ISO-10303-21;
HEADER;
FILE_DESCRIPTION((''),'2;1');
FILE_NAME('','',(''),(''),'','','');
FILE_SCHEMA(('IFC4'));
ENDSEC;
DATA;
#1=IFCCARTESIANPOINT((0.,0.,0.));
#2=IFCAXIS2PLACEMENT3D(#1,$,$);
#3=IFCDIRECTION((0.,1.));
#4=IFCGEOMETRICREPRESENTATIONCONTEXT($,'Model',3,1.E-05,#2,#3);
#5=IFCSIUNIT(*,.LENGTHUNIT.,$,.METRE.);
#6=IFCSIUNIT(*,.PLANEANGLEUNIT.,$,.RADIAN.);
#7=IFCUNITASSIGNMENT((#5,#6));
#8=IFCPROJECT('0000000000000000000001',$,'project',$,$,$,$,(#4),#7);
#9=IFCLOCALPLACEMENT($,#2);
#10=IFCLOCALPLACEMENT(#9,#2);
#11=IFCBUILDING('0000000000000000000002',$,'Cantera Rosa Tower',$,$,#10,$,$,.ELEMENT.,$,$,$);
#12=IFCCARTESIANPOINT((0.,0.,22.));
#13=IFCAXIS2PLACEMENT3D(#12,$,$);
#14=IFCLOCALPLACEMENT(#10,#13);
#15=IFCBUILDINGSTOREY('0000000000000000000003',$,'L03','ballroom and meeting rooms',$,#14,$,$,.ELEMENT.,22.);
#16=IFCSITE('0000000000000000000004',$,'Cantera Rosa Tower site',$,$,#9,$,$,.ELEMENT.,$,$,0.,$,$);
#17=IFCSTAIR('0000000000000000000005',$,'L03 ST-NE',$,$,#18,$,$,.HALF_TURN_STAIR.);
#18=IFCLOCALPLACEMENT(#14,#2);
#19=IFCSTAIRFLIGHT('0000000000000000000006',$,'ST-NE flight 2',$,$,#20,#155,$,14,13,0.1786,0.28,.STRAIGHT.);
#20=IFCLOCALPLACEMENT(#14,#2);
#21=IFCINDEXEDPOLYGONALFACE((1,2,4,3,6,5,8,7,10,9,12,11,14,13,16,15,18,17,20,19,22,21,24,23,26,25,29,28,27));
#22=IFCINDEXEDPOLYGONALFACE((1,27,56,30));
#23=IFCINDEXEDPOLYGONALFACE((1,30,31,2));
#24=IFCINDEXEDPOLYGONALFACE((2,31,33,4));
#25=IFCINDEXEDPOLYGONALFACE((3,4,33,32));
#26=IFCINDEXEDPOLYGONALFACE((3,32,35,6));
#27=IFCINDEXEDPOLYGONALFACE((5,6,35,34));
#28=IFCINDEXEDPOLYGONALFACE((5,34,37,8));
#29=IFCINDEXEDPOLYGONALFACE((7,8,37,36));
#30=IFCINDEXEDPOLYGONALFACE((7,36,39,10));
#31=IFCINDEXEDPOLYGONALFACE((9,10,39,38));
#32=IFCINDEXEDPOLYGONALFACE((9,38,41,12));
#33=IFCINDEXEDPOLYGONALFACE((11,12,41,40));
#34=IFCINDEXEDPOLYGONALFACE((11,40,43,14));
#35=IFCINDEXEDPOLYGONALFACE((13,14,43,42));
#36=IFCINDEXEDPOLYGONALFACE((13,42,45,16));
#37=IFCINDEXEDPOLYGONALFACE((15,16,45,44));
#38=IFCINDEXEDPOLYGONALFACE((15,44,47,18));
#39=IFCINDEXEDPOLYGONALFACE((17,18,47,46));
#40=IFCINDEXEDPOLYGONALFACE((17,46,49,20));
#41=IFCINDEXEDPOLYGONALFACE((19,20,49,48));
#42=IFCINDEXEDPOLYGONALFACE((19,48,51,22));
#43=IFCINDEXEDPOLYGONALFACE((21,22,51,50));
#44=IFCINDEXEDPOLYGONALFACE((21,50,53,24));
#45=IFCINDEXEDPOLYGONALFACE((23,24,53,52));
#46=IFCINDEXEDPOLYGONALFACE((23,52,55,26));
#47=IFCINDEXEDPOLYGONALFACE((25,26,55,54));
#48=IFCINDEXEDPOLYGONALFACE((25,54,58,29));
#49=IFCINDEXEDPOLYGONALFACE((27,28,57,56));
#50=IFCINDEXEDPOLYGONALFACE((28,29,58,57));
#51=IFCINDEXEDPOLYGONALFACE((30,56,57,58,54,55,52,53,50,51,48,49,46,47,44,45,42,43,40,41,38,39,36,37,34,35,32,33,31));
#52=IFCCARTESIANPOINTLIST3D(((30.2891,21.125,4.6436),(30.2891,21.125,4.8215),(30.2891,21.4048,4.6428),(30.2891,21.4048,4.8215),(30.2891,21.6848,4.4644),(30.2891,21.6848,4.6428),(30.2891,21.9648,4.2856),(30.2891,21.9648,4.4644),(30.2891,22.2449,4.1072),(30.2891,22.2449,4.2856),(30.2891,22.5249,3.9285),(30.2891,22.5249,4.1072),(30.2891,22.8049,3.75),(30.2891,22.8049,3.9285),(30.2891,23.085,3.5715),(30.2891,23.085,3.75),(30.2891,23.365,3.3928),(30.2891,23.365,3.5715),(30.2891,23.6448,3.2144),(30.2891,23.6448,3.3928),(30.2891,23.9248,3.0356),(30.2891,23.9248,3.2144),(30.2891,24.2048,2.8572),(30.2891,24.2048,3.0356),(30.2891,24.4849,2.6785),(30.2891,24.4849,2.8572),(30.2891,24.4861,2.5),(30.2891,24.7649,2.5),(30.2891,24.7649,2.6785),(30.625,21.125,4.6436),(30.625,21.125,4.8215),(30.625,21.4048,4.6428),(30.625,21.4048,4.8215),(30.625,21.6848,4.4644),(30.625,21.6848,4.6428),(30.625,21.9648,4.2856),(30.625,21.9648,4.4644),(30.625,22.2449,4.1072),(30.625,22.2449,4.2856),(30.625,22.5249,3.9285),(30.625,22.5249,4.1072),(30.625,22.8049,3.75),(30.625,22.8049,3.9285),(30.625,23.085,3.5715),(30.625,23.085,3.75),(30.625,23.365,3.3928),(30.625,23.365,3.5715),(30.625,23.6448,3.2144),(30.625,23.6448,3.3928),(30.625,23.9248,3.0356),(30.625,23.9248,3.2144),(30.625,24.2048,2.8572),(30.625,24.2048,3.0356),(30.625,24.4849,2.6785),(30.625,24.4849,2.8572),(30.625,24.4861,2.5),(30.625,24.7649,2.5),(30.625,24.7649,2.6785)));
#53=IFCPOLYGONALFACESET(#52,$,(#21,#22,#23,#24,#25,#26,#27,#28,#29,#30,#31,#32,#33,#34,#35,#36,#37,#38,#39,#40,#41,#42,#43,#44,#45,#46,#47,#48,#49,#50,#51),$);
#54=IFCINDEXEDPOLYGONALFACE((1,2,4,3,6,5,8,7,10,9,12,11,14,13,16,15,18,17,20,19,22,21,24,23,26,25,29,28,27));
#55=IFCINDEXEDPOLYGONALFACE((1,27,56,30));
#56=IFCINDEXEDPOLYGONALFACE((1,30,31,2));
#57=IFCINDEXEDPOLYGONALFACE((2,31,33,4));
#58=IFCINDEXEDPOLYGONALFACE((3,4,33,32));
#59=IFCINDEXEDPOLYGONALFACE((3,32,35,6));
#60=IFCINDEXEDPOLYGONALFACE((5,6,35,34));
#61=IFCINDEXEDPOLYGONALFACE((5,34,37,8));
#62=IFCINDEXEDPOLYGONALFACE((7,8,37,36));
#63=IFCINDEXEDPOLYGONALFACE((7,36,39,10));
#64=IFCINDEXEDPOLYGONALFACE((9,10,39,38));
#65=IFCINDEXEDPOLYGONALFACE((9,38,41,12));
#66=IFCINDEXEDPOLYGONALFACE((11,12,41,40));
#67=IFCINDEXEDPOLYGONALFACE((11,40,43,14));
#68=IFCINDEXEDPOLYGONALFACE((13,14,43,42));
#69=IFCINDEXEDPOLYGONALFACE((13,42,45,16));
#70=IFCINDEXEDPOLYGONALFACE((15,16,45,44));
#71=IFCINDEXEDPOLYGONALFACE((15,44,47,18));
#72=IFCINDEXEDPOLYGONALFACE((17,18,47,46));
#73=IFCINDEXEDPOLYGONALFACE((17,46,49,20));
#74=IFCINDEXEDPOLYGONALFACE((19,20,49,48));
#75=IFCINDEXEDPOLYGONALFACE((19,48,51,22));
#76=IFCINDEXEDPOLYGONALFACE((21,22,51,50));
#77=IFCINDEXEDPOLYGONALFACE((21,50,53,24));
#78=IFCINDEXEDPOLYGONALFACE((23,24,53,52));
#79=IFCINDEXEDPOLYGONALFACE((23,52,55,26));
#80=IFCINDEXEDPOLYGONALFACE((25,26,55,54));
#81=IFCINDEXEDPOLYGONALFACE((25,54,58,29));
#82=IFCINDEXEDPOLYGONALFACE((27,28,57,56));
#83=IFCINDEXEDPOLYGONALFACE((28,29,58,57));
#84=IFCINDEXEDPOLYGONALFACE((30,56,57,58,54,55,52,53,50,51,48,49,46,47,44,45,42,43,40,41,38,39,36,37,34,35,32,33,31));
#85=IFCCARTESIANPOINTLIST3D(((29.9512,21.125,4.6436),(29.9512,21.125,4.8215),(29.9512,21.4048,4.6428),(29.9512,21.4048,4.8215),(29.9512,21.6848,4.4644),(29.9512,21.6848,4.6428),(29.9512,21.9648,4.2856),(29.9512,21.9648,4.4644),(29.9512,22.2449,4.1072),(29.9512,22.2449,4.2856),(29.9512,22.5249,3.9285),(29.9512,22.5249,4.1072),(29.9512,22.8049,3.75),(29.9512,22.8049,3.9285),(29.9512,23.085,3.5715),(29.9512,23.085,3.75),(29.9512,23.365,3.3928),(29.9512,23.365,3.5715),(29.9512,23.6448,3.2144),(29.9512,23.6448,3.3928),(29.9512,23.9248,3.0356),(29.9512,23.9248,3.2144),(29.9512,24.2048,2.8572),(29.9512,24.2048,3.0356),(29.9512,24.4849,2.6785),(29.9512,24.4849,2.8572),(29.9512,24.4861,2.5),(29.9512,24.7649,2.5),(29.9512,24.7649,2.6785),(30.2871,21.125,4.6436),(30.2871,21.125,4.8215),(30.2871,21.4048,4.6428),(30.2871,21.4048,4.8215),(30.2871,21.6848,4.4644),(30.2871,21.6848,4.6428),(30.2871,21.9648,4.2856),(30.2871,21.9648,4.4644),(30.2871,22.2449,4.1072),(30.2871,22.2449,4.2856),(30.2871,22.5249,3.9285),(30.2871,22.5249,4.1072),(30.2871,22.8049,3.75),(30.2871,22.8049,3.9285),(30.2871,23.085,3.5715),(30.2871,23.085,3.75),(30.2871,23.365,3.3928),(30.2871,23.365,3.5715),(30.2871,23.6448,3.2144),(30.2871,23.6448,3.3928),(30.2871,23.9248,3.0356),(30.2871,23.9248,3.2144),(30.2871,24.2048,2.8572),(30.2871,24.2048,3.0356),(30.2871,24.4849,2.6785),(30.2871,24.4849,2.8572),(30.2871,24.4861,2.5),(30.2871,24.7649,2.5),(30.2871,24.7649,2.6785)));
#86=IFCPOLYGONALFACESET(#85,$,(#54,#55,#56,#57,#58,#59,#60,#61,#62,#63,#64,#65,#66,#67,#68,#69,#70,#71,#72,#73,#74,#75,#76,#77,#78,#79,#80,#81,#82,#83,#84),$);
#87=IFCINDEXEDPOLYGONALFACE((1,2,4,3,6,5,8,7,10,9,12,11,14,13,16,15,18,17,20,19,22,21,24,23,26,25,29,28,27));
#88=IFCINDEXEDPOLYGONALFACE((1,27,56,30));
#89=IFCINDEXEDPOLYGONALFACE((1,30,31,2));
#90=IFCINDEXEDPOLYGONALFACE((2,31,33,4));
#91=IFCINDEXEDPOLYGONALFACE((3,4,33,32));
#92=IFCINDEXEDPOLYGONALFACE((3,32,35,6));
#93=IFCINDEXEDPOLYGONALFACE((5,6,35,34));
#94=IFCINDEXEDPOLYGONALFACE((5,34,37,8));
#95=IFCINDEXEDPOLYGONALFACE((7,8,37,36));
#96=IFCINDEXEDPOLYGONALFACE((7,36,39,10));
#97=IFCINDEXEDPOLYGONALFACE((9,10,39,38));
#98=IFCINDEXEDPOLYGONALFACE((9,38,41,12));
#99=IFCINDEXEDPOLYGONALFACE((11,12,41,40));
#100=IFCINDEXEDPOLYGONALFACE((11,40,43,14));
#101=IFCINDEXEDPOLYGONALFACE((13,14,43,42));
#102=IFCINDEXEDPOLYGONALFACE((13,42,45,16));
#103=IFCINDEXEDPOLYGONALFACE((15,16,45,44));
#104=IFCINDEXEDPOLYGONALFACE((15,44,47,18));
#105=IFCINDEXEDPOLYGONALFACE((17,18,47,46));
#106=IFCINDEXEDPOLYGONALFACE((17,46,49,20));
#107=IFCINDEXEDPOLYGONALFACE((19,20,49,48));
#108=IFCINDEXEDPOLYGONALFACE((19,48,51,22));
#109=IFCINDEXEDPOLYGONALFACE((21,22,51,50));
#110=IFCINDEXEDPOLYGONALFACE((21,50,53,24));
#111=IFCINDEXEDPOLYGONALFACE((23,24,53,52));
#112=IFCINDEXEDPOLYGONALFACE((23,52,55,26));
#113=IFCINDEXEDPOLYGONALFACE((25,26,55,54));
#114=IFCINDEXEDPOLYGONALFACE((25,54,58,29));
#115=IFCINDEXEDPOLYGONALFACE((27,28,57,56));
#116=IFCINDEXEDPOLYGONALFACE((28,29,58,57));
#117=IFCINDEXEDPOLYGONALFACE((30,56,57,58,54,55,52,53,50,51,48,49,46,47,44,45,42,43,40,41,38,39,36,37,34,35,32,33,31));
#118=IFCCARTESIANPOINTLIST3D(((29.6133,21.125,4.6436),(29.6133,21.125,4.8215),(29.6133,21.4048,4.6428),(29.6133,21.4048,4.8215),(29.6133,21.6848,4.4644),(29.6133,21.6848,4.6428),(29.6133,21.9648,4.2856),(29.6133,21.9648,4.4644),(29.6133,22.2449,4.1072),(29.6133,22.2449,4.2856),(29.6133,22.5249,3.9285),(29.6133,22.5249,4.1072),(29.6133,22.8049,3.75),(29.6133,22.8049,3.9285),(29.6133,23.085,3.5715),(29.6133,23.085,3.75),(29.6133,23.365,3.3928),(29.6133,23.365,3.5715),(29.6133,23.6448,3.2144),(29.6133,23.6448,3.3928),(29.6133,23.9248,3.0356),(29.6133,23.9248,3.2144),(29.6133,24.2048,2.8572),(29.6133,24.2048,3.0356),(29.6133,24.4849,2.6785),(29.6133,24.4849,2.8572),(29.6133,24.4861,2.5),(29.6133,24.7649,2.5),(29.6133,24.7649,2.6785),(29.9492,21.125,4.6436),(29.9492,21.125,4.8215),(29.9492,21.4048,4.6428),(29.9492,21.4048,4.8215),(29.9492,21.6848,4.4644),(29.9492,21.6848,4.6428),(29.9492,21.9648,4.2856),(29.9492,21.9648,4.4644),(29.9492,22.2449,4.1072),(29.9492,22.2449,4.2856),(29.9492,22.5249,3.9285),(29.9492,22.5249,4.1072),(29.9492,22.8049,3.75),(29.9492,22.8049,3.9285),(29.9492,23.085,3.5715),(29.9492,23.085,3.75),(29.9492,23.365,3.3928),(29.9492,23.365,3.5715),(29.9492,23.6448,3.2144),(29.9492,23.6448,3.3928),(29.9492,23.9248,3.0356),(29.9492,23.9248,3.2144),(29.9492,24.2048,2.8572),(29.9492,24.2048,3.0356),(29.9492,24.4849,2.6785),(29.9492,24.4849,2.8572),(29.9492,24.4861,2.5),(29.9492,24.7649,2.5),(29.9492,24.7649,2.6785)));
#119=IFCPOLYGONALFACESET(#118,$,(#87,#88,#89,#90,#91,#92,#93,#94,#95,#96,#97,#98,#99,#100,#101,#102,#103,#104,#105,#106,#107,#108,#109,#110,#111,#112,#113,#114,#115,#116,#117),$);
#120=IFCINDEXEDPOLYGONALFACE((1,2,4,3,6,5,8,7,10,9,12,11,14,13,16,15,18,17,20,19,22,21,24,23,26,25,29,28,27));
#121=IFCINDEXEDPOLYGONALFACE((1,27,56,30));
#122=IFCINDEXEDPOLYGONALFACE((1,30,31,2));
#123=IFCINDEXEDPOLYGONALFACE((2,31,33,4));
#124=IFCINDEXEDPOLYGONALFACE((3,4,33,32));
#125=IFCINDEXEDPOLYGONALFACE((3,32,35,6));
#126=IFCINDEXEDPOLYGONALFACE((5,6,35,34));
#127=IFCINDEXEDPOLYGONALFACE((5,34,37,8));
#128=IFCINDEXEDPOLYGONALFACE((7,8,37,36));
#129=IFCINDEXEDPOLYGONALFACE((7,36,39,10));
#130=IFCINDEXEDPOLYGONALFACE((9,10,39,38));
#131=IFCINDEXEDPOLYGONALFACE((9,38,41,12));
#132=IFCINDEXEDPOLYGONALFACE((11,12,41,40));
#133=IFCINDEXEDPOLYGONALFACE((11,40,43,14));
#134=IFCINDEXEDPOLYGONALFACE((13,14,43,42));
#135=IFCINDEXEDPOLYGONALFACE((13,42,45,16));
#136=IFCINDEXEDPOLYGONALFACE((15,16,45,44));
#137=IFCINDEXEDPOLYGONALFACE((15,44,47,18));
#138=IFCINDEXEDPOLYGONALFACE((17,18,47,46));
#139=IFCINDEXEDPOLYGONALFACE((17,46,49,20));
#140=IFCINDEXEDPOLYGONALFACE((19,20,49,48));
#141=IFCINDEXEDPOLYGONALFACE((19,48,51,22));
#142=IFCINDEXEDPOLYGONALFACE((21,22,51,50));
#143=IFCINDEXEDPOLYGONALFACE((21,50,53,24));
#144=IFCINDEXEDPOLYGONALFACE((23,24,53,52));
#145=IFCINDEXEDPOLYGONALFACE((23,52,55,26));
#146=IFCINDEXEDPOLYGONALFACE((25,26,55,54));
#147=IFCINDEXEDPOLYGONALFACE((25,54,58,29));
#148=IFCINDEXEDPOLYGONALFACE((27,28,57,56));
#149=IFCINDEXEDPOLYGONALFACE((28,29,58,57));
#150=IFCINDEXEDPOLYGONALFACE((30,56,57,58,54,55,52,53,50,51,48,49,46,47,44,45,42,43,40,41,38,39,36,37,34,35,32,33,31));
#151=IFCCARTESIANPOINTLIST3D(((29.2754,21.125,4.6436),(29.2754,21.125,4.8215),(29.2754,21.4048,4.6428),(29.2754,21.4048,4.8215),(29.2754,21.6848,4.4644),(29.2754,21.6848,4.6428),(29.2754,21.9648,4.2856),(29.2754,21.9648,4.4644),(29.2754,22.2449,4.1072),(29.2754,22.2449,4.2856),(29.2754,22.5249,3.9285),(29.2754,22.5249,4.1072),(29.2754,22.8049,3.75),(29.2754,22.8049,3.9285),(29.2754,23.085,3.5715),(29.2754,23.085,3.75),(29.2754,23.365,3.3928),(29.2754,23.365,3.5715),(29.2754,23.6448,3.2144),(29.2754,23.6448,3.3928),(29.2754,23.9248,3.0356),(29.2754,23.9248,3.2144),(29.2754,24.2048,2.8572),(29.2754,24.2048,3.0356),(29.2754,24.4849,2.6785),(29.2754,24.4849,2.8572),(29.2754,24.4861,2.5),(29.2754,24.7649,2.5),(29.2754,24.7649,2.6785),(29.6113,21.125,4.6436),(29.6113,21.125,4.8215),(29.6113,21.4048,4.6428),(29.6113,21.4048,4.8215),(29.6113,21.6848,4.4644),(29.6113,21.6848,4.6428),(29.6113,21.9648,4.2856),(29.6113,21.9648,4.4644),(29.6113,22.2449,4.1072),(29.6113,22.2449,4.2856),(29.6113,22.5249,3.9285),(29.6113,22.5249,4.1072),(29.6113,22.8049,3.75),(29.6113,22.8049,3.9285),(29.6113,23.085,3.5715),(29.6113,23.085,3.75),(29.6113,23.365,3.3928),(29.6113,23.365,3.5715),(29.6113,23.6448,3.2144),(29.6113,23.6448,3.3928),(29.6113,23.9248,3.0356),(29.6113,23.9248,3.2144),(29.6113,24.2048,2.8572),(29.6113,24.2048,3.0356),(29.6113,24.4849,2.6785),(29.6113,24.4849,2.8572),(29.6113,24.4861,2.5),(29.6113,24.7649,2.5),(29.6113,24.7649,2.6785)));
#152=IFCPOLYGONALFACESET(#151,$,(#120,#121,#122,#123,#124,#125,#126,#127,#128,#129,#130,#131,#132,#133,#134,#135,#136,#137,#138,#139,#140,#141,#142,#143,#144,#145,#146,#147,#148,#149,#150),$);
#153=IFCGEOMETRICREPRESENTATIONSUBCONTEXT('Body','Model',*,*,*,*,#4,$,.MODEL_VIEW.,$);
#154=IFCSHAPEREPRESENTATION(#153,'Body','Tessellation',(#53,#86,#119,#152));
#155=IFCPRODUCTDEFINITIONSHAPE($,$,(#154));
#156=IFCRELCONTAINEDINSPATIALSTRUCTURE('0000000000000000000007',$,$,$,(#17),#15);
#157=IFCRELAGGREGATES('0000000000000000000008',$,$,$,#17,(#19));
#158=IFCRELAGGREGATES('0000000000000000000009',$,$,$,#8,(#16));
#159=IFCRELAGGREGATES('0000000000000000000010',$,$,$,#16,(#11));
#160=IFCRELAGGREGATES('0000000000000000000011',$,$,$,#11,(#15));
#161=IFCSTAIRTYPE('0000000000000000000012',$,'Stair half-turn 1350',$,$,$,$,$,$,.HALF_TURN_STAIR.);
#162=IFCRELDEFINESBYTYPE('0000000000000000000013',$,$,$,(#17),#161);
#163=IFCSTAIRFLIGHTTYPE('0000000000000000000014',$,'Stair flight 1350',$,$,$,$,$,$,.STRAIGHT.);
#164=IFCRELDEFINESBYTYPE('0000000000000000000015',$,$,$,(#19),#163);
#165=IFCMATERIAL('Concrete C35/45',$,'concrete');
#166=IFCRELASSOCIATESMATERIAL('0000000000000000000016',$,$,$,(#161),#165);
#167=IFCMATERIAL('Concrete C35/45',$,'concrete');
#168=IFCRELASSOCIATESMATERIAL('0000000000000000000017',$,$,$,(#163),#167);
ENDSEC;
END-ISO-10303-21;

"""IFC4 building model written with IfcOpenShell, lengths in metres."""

from ifc_helpers import new_model, si_unit, direction, frame, origin, place, context, subcontext, project, spatial, polyline, outline, extrude, material, type_object, element, aggregate, save


model = new_model("IFC4")

# Units and contexts
model_context = context("Model", 3, precision=1e-05, world=origin(), true_north=direction((0.0, 1.0)))
body_context = subcontext(model_context, "Body", "Model", "MODEL_VIEW")
ifc_project = project(units=[si_unit("LENGTHUNIT", "METRE"), si_unit("PLANEANGLEUNIT", "RADIAN")], contexts=[model_context])

# Site, building, storey
site_placement = place(None, origin())
site = spatial("IfcSite", under=ifc_project, at=site_placement, Name="Cantera Rosa Tower site", CompositionType="ELEMENT", RefElevation=0.0)
building_placement = place(site_placement, origin())
building = spatial("IfcBuilding", under=site, at=building_placement, Name="Cantera Rosa Tower", CompositionType="ELEMENT")
storey_placement = place(building_placement, frame((0.0, 0.0, 22.0)))
storey = spatial("IfcBuildingStorey", under=building, at=storey_placement, Name="L03", Description="ballroom and meeting rooms", CompositionType="ELEMENT", Elevation=22.0)

# Stair, stair flight
ifc_material_1 = material(Name="Concrete C35/45", Category="concrete")
stair_type = type_object("IfcStairType", Name="Stair half-turn 1350", PredefinedType="HALF_TURN_STAIR", material=ifc_material_1)
stair_placement = place(storey_placement, origin())
stair = element("IfcStair", 1, at=stair_placement, inside=storey, type_object=stair_type, Name="L03 ST-NE", PredefinedType="HALF_TURN_STAIR")
ifc_material_2 = material(Name="Concrete C35/45", Category="concrete")
stair_flight_type = type_object("IfcStairFlightType", Name="Stair flight 1350", PredefinedType="STRAIGHT", material=ifc_material_2)
stair_flight_1_placement = place(storey_placement, frame((29.95, 24.7649, 2.5), z_axis=(0.0, 0.0, 1.0), x_axis=(0.0, -1.0, 0.0)))
stair_flight_1 = element("IfcStairFlight", 2, at=stair_flight_1_placement, type_object=stair_flight_type, Name="ST-NE flight 2", NumberOfRisers=14, NumberOfTreads=13, PredefinedType="STRAIGHT", RiserHeight=0.1786, TreadLength=0.28, context=body_context, shape_type="SweptSolid", body=[
    extrude(outline(polyline([(0.0, 0.0), (0.0, 0.1785), (0.28, 0.1785), (0.28, 0.3572), (0.5601, 0.3572), (0.5601, 0.5356), (0.8401, 0.5356), (0.8401, 0.7144), (1.1201, 0.7144), (1.1201, 0.8928), (1.3999, 0.8928), (1.3999, 1.0715), (1.6799, 1.0715), (1.6799, 1.25), (1.96, 1.25), (1.96, 1.4285), (2.24, 1.4285), (2.24, 1.6072), (2.52, 1.6072), (2.52, 1.7856), (2.8, 1.7856), (2.8, 1.9644), (3.0801, 1.9644), (3.0801, 2.1428), (3.3601, 2.1428), (3.3601, 2.3215), (3.6399, 2.3215), (3.6399, 2.5), (3.6399, 2.1436), (0.2788, 0.0), (0.0, 0.0)])), frame((0.0, 0.675, 0.0), z_axis=(0.0, -1.0, 0.0), x_axis=(1.0, 0.0, 0.0)), (0.0, 0.0, 1.0), 0.3359),
    extrude(outline(polyline([(0.0, 0.0), (0.0, 0.1785), (0.28, 0.1785), (0.28, 0.3572), (0.5601, 0.3572), (0.5601, 0.5356), (0.8401, 0.5356), (0.8401, 0.7144), (1.1201, 0.7144), (1.1201, 0.8928), (1.3999, 0.8928), (1.3999, 1.0715), (1.6799, 1.0715), (1.6799, 1.25), (1.96, 1.25), (1.96, 1.4285), (2.24, 1.4285), (2.24, 1.6072), (2.52, 1.6072), (2.52, 1.7856), (2.8, 1.7856), (2.8, 1.9644), (3.0801, 1.9644), (3.0801, 2.1428), (3.3601, 2.1428), (3.3601, 2.3215), (3.6399, 2.3215), (3.6399, 2.5), (3.6399, 2.1436), (0.2788, 0.0), (0.0, 0.0)])), frame((0.0, 0.3372, 0.0), z_axis=(0.0, -1.0, 0.0), x_axis=(1.0, 0.0, 0.0)), (0.0, 0.0, 1.0), 0.3359),
    extrude(outline(polyline([(0.0, 0.0), (0.0, 0.1785), (0.28, 0.1785), (0.28, 0.3572), (0.5601, 0.3572), (0.5601, 0.5356), (0.8401, 0.5356), (0.8401, 0.7144), (1.1201, 0.7144), (1.1201, 0.8928), (1.3999, 0.8928), (1.3999, 1.0715), (1.6799, 1.0715), (1.6799, 1.25), (1.96, 1.25), (1.96, 1.4285), (2.24, 1.4285), (2.24, 1.6072), (2.52, 1.6072), (2.52, 1.7856), (2.8, 1.7856), (2.8, 1.9644), (3.0801, 1.9644), (3.0801, 2.1428), (3.3601, 2.1428), (3.3601, 2.3215), (3.6399, 2.3215), (3.6399, 2.5), (3.6399, 2.1436), (0.2788, 0.0), (0.0, 0.0)])), frame((0.0, -0.0007, 0.0), z_axis=(0.0, -1.0, 0.0), x_axis=(1.0, 0.0, 0.0)), (0.0, 0.0, 1.0), 0.3359),
    extrude(outline(polyline([(0.0, 0.0), (0.0, 0.1785), (0.28, 0.1785), (0.28, 0.3572), (0.5601, 0.3572), (0.5601, 0.5356), (0.8401, 0.5356), (0.8401, 0.7144), (1.1201, 0.7144), (1.1201, 0.8928), (1.3999, 0.8928), (1.3999, 1.0715), (1.6799, 1.0715), (1.6799, 1.25), (1.96, 1.25), (1.96, 1.4285), (2.24, 1.4285), (2.24, 1.6072), (2.52, 1.6072), (2.52, 1.7856), (2.8, 1.7856), (2.8, 1.9644), (3.0801, 1.9644), (3.0801, 2.1428), (3.3601, 2.1428), (3.3601, 2.3215), (3.6399, 2.3215), (3.6399, 2.5), (3.6399, 2.1436), (0.2788, 0.0), (0.0, 0.0)])), frame((0.0, -0.3386, 0.0), z_axis=(0.0, -1.0, 0.0), x_axis=(1.0, 0.0, 0.0)), (0.0, 0.0, 1.0), 0.3359),
])
aggregate(stair, [stair_flight_1])

save(model, "model.ifc")
